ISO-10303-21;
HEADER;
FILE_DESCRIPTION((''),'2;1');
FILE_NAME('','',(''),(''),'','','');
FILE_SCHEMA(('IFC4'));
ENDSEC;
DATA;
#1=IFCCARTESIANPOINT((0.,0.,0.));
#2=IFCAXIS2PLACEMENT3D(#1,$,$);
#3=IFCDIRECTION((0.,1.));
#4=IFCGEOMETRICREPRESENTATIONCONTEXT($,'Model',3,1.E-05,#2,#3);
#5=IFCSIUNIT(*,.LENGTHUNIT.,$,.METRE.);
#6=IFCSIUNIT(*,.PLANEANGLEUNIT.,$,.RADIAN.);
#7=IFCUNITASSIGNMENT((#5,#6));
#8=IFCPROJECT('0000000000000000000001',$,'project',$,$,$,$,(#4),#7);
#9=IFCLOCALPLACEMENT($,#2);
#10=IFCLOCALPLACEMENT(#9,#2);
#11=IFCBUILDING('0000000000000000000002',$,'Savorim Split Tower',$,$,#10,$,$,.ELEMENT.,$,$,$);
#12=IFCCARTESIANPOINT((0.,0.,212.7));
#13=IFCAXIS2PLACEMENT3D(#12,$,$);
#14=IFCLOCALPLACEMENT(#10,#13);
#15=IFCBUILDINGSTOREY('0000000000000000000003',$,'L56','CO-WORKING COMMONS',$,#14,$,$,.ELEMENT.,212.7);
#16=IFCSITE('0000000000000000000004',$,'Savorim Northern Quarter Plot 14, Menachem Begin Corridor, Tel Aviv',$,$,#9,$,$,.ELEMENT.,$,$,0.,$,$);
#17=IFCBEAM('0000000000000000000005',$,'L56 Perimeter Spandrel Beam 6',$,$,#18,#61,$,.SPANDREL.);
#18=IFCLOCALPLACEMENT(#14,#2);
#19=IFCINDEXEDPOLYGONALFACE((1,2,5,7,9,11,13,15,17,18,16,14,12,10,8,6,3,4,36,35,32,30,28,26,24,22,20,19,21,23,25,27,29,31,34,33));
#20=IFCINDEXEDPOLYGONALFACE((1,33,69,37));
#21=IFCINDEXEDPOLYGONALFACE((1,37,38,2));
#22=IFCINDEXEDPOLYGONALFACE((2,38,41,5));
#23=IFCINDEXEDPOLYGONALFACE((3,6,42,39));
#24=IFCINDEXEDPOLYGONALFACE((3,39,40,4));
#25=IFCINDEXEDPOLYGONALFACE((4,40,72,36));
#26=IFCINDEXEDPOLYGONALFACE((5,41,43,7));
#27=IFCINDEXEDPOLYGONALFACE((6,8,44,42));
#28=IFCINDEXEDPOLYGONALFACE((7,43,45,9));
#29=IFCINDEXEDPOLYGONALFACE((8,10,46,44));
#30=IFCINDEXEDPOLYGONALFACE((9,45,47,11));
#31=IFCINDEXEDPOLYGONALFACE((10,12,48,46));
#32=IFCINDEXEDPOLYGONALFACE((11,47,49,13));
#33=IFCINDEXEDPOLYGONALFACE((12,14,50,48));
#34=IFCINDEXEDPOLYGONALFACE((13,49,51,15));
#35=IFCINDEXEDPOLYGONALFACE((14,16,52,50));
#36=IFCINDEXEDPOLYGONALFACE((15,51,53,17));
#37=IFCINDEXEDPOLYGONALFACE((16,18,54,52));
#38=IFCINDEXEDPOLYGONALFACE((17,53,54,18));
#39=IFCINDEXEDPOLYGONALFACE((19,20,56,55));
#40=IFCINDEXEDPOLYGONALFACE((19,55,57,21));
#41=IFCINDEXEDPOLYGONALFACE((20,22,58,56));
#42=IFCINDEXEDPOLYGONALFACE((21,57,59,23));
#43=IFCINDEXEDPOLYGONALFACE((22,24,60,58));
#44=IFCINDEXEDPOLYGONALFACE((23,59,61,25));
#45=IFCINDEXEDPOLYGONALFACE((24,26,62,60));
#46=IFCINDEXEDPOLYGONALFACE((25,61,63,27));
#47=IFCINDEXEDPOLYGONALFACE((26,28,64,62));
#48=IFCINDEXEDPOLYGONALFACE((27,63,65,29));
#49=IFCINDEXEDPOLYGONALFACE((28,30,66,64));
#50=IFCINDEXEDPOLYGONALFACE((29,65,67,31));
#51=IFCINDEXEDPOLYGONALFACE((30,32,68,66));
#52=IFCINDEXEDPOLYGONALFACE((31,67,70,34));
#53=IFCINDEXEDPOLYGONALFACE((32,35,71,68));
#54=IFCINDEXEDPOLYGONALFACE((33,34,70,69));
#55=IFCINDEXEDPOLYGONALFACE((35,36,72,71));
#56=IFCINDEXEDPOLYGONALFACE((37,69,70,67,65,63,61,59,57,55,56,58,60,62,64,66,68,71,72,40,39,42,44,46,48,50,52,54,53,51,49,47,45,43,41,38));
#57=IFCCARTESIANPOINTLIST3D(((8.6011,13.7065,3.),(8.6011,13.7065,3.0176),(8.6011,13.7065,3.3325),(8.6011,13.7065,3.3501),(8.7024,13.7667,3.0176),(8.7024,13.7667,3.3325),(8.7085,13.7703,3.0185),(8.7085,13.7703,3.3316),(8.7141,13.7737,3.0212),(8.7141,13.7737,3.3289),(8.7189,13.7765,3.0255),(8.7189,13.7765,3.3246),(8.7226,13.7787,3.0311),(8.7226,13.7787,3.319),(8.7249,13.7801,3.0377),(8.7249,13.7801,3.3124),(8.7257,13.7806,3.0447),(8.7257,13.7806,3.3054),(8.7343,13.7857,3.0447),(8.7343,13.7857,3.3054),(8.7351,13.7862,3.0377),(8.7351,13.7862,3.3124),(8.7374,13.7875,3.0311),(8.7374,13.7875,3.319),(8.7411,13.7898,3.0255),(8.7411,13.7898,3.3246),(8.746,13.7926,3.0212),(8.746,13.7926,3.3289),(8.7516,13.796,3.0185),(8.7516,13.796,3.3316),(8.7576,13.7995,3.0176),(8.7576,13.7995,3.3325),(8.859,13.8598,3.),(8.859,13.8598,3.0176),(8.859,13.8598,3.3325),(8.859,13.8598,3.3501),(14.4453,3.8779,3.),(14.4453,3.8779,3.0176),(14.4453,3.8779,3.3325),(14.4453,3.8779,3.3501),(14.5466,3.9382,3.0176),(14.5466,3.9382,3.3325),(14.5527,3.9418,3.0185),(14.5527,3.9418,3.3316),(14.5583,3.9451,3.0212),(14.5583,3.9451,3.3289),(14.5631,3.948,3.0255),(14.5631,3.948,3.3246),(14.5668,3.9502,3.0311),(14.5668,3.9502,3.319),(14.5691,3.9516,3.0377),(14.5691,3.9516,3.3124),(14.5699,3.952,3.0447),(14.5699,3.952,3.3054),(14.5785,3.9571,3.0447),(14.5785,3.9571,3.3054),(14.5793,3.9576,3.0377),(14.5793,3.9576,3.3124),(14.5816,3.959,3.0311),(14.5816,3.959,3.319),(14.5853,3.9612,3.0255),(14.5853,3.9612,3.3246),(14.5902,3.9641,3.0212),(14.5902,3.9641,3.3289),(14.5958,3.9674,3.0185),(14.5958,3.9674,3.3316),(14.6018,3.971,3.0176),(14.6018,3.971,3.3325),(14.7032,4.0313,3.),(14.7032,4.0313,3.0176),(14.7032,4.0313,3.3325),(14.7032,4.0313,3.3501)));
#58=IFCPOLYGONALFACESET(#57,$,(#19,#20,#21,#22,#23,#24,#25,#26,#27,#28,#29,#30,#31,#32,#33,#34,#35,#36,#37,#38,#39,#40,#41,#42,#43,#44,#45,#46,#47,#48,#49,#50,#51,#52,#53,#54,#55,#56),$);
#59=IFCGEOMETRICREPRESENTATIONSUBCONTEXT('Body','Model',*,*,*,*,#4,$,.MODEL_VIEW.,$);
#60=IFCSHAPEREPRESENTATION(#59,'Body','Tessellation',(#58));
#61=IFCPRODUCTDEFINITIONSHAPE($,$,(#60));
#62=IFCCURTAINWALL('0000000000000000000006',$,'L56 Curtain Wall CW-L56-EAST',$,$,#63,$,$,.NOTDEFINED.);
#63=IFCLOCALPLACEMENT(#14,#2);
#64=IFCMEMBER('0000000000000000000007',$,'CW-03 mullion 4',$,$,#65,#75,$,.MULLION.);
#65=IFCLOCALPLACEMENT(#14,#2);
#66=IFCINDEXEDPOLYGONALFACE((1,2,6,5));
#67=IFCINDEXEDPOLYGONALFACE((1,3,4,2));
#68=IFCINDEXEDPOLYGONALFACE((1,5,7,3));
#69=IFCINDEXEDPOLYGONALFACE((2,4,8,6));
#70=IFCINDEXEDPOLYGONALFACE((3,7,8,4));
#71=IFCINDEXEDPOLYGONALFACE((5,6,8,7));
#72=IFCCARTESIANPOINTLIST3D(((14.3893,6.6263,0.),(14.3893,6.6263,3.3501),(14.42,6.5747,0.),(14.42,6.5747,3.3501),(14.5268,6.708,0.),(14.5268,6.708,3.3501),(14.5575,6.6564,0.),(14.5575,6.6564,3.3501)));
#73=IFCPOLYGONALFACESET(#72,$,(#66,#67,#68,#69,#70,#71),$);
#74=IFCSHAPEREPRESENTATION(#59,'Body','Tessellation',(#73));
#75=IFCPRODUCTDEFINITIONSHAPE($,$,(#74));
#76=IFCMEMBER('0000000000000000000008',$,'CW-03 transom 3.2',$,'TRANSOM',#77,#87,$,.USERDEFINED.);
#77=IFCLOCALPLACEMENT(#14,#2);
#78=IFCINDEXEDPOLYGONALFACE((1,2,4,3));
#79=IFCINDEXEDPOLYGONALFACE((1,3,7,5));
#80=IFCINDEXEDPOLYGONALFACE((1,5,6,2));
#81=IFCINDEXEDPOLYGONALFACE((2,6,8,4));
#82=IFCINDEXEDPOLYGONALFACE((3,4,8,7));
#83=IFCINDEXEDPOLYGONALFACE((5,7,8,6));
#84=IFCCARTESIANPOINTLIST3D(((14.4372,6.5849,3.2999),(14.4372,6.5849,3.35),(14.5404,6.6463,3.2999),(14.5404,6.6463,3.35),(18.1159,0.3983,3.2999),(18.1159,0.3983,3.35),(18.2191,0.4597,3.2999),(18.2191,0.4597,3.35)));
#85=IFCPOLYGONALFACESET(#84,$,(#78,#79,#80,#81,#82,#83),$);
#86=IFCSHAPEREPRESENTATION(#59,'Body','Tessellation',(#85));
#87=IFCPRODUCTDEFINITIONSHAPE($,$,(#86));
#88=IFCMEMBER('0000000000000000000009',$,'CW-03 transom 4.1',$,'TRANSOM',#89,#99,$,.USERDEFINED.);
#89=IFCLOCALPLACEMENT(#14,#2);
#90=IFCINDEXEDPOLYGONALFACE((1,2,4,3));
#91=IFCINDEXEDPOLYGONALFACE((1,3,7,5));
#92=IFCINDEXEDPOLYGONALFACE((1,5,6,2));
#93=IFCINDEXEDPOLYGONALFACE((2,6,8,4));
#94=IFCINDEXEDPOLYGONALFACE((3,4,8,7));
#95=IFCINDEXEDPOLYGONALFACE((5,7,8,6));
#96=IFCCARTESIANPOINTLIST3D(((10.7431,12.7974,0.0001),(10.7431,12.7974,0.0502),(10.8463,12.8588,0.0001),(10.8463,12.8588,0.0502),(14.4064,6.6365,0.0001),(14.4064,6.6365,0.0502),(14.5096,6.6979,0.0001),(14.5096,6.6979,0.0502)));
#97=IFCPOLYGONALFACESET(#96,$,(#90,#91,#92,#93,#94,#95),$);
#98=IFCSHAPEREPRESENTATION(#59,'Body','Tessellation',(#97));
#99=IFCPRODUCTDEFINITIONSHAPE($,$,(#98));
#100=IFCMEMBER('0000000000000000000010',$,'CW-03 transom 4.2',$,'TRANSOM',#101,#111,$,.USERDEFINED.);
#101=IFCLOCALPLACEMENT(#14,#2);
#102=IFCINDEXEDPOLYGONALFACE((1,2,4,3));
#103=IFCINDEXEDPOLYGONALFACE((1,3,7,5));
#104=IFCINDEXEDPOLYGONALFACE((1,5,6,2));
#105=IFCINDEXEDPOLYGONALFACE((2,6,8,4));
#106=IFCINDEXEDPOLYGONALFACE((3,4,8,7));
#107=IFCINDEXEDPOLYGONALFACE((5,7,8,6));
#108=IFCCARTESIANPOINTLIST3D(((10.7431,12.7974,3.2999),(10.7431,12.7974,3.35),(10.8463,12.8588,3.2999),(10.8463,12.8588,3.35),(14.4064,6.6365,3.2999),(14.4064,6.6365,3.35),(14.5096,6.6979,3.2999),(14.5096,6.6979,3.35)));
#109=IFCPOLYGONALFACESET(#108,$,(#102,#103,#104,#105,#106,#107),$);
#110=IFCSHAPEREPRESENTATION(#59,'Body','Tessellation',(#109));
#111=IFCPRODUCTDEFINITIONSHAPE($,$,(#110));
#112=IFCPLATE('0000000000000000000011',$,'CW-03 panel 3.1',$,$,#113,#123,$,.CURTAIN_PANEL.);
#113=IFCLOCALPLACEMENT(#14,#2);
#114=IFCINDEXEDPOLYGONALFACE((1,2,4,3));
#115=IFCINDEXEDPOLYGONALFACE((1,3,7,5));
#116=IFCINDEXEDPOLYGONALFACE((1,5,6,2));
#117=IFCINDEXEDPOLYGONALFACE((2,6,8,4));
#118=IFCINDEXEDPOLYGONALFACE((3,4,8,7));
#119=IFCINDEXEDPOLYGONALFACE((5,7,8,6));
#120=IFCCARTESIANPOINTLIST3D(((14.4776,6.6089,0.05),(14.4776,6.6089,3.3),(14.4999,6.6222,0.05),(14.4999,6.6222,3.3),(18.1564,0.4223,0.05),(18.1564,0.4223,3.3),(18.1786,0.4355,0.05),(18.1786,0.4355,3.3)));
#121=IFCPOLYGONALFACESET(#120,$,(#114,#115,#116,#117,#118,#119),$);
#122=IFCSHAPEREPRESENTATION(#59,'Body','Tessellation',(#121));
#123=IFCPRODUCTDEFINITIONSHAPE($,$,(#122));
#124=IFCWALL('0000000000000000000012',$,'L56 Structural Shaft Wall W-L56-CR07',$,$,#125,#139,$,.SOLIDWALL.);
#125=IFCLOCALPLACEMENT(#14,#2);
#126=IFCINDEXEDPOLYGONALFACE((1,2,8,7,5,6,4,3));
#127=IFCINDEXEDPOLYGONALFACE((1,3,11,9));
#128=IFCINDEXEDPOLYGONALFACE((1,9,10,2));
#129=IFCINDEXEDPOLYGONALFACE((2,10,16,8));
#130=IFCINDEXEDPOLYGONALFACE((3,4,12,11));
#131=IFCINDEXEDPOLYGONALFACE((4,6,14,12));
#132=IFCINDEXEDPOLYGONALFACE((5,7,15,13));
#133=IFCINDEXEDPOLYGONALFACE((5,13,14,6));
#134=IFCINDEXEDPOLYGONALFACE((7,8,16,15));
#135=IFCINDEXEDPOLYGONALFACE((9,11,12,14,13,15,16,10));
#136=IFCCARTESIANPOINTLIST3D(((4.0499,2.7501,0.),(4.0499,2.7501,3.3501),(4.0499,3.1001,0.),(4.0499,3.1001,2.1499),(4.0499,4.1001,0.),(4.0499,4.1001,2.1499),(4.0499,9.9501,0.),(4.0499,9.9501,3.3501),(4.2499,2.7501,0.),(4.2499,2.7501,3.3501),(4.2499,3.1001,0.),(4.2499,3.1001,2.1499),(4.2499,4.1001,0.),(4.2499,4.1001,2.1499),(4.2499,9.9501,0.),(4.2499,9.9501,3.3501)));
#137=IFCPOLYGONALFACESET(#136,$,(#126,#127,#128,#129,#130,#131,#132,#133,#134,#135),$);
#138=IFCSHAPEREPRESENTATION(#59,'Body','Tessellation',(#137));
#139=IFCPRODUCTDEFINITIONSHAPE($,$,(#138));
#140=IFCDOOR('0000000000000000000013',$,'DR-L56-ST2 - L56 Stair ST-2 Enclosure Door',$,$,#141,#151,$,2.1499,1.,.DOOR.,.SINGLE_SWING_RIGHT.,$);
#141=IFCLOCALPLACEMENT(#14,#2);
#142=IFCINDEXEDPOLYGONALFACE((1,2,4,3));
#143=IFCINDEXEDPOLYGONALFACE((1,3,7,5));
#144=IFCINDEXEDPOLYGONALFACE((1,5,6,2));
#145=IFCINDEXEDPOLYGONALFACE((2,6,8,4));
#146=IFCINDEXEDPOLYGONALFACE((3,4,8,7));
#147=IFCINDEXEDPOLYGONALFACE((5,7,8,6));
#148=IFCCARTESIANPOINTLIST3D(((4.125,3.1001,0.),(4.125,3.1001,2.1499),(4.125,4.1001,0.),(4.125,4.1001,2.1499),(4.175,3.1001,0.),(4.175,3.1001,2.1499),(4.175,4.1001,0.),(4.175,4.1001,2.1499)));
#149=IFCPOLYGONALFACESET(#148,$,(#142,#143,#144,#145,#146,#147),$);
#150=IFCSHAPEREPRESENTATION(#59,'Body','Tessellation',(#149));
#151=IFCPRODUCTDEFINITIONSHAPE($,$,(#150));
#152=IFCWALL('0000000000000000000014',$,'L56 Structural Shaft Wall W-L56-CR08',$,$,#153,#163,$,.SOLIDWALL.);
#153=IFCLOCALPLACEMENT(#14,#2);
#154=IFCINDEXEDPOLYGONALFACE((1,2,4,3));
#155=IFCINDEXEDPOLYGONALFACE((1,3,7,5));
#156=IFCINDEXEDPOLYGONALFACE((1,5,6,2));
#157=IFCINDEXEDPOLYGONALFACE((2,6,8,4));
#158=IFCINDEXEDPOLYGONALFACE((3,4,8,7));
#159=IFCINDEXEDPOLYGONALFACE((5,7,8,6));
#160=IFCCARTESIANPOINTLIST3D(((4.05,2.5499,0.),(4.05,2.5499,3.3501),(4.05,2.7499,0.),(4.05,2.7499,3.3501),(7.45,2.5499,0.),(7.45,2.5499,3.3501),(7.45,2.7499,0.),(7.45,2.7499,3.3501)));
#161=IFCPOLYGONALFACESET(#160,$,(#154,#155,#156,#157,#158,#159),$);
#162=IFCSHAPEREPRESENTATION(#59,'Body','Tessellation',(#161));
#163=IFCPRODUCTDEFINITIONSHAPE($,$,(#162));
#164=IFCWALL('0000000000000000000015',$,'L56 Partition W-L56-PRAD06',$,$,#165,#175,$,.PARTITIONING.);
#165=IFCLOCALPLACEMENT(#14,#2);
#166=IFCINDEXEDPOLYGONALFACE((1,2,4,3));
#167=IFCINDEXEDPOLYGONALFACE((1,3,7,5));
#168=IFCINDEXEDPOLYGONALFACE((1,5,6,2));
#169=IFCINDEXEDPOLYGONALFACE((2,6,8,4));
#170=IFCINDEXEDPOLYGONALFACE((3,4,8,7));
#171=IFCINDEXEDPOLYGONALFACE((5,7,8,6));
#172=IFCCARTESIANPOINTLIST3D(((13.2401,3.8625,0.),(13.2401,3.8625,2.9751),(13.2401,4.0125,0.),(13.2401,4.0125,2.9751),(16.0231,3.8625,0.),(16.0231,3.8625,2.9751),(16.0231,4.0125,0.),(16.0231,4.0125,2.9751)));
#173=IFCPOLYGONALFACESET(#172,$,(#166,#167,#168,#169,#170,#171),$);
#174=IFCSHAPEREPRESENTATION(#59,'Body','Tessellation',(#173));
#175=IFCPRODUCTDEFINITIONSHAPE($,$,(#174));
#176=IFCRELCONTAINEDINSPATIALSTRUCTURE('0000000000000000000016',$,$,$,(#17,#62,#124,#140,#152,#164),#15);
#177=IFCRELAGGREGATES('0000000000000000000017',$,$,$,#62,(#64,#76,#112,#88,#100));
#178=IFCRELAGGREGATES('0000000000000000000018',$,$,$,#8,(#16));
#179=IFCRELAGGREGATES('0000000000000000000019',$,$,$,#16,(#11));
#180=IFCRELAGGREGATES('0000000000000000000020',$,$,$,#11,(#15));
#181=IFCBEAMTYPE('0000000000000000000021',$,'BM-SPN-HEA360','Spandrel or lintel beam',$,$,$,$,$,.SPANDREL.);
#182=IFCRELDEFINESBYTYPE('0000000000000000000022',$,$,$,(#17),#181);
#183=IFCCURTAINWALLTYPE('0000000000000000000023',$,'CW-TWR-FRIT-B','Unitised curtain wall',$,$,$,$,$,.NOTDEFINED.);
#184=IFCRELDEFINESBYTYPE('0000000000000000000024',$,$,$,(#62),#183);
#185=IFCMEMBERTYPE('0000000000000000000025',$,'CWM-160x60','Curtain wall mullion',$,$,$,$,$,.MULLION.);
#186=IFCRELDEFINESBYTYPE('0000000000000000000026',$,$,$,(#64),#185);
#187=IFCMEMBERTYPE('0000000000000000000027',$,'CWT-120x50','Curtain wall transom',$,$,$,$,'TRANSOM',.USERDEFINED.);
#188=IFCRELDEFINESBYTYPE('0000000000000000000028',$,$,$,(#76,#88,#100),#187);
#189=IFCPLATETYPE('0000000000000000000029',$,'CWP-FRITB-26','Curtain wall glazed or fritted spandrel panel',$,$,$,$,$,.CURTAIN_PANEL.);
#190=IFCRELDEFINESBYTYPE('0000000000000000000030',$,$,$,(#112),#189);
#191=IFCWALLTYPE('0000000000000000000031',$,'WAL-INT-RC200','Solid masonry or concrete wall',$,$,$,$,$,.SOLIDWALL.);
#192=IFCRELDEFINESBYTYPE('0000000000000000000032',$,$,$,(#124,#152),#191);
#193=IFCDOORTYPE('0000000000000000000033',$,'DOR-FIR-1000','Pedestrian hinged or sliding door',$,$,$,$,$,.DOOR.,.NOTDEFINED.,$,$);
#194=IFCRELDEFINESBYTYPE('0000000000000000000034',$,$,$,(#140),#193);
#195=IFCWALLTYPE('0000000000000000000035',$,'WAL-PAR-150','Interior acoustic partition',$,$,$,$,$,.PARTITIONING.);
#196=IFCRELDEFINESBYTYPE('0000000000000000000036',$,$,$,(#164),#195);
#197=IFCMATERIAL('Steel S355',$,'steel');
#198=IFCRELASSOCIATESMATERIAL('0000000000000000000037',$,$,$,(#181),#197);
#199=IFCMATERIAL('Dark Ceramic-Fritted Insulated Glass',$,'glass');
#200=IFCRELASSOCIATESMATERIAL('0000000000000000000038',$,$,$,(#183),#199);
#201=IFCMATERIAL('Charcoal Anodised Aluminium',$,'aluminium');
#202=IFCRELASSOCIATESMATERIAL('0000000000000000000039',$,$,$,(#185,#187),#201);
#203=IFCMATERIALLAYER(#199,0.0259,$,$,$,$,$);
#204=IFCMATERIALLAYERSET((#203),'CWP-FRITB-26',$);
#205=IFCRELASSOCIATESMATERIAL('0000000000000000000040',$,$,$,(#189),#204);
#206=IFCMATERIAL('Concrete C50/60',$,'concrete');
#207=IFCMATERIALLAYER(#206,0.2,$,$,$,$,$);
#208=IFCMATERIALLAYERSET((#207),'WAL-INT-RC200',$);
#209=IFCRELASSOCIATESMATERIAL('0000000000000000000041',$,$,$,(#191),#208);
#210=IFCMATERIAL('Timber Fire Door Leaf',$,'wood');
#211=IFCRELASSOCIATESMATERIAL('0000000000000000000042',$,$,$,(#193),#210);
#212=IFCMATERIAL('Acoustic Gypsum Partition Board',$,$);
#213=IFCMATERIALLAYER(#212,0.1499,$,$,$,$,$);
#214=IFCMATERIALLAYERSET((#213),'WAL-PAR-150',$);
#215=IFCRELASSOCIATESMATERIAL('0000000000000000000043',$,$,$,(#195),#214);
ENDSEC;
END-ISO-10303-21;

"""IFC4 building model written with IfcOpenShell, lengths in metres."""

from ifc_helpers import new_model, si_unit, direction, frame, frame_2d, origin, origin_2d, place, context, subcontext, project, spatial, rectangle, i_section, extrude, material, layer, layer_set, material_profile, profile_set, type_object, element, fill, aggregate, save


model = new_model("IFC4")

# Units and contexts
model_context = context("Model", 3, precision=1e-05, world=origin(), true_north=direction((0.0, 1.0)))
body_context = subcontext(model_context, "Body", "Model", "MODEL_VIEW")
ifc_project = project(units=[si_unit("LENGTHUNIT", "METRE"), si_unit("PLANEANGLEUNIT", "RADIAN")], contexts=[model_context])

# Site, building, storey
site_placement = place(None, origin())
site = spatial("IfcSite", under=ifc_project, at=site_placement, Name="Savorim Northern Quarter Plot 14, Menachem Begin Corridor, Tel Aviv", CompositionType="ELEMENT", RefElevation=0.0)
building_placement = place(site_placement, origin())
building = spatial("IfcBuilding", under=site, at=building_placement, Name="Savorim Split Tower", CompositionType="ELEMENT")
storey_placement = place(building_placement, frame((0.0, 0.0, 212.7)))
storey = spatial("IfcBuildingStorey", under=building, at=storey_placement, Name="L56", Description="CO-WORKING COMMONS", CompositionType="ELEMENT", Elevation=212.7)

# Shared definitions
ifc_material_1 = material(Name="Steel S355", Category="steel")

# Beam
ifc_material_profile_1 = material_profile(ifc_material_1, i_section(OverallWidth=0.3, OverallDepth=0.3501, WebThickness=0.01, FlangeThickness=0.0176, FilletRadius=0.0271, at=origin_2d()), Name="HEA 360")
ifc_profile_set_1 = profile_set([ifc_material_profile_1], Name="Steel S355")
beam_type_1 = type_object("IfcBeamType", Name="BM-SPN-HEA360", Description="Spandrel or lintel beam", PredefinedType="SPANDREL", material=ifc_profile_set_1)
beam_1_placement = place(storey_placement, frame((14.5742, 3.9546, 3.175), z_axis=(-0.511088, 0.859528, 0.0), x_axis=(-0.859528, -0.511088, 0.0)))
element("IfcBeam", 1, at=beam_1_placement, inside=storey, type_object=beam_type_1, Name="L56 Perimeter Spandrel Beam 6", PredefinedType="SPANDREL", context=body_context, shape_type="SweptSolid", body=[
    extrude(i_section(OverallWidth=0.3, OverallDepth=0.3501, WebThickness=0.01, FlangeThickness=0.0176, FilletRadius=0.0271, at=origin_2d()), origin(), (0.0, 0.0, 1.0), 11.4348),
])

# Curtain wall, members, plate
ifc_material_2 = material(Name="Dark Ceramic-Fritted Insulated Glass", Category="glass")
curtain_wall_type = type_object("IfcCurtainWallType", Name="CW-TWR-FRIT-B", Description="Unitised curtain wall", PredefinedType="NOTDEFINED", material=ifc_material_2)
curtain_wall_placement = place(storey_placement, origin())
curtain_wall = element("IfcCurtainWall", 2, at=curtain_wall_placement, inside=storey, type_object=curtain_wall_type, Name="L56 Curtain Wall CW-L56-EAST", PredefinedType="NOTDEFINED")
ifc_material_3 = material(Name="Charcoal Anodised Aluminium", Category="aluminium")
ifc_material_profile_2 = material_profile(ifc_material_3, rectangle(XDim=0.1599, YDim=0.0601, at=origin_2d()), Name="ALU-M 160x60")
ifc_profile_set_2 = profile_set([ifc_material_profile_2], Name="Charcoal Anodised Aluminium")
member_type_1 = type_object("IfcMemberType", Name="CWM-160x60", Description="Curtain wall mullion", PredefinedType="MULLION", material=ifc_profile_set_2)
member_1_placement = place(storey_placement, frame((14.4734, 6.6414, 0.0), z_axis=(0.0, 0.0, 1.0), x_axis=(-0.859526, -0.511092, 0.0)))
member_1 = element("IfcMember", 3, at=member_1_placement, type_object=member_type_1, Name="CW-03 mullion 4", PredefinedType="MULLION", context=body_context, shape_type="SweptSolid", body=[
    extrude(rectangle(XDim=0.1599, YDim=0.0601, at=origin_2d()), origin(), (0.0, 0.0, 1.0), 3.3501),
])
ifc_material_profile_3 = material_profile(ifc_material_3, rectangle(XDim=0.1201, YDim=0.05, at=origin_2d()), Name="ALU-T 120x50")
ifc_profile_set_3 = profile_set([ifc_material_profile_3], Name="Charcoal Anodised Aluminium")
member_type_2 = type_object("IfcMemberType", Name="CWT-120x50", Description="Curtain wall transom", ElementType="TRANSOM", PredefinedType="USERDEFINED", material=ifc_profile_set_3)
member_2_placement = place(storey_placement, frame((18.1675, 0.429, 3.325), z_axis=(-0.511085, 0.85953, 0.0), x_axis=(-0.85953, -0.511085, 0.0)))
member_2 = element("IfcMember", 4, at=member_2_placement, type_object=member_type_2, Name="CW-03 transom 3.2", ObjectType="TRANSOM", PredefinedType="USERDEFINED", context=body_context, shape_type="SweptSolid", body=[
    extrude(rectangle(XDim=0.1201, YDim=0.05, at=origin_2d()), origin(), (0.0, 0.0, 1.0), 7.1978),
])
member_3_placement = place(storey_placement, frame((14.458, 6.6672, 0.0251), z_axis=(-0.511086, 0.85953, 0.0), x_axis=(-0.85953, -0.511086, 0.0)))
member_3 = element("IfcMember", 5, at=member_3_placement, type_object=member_type_2, Name="CW-03 transom 4.1", ObjectType="TRANSOM", PredefinedType="USERDEFINED", context=body_context, shape_type="SweptSolid", body=[
    extrude(rectangle(XDim=0.1201, YDim=0.05, at=origin_2d()), origin(), (0.0, 0.0, 1.0), 7.1677),
])
member_4_placement = place(storey_placement, frame((14.458, 6.6672, 3.325), z_axis=(-0.511086, 0.85953, 0.0), x_axis=(-0.85953, -0.511086, 0.0)))
member_4 = element("IfcMember", 6, at=member_4_placement, type_object=member_type_2, Name="CW-03 transom 4.2", ObjectType="TRANSOM", PredefinedType="USERDEFINED", context=body_context, shape_type="SweptSolid", body=[
    extrude(rectangle(XDim=0.1201, YDim=0.05, at=origin_2d()), origin(), (0.0, 0.0, 1.0), 7.1677),
])
ifc_layer_1 = layer(ifc_material_2, 0.0259)
ifc_layer_set_1 = layer_set([ifc_layer_1], Name="CWP-FRITB-26")
plate_type = type_object("IfcPlateType", Name="CWP-FRITB-26", Description="Curtain wall glazed or fritted spandrel panel", PredefinedType="CURTAIN_PANEL", material=ifc_layer_set_1)
plate_placement = place(storey_placement, frame((16.3281, 3.5222, 0.05), z_axis=(0.0, 0.0, 1.0), x_axis=(-0.511092, 0.859526, 0.0)))
plate = element("IfcPlate", 7, at=plate_placement, type_object=plate_type, Name="CW-03 panel 3.1", PredefinedType="CURTAIN_PANEL", context=body_context, shape_type="SweptSolid", body=[
    extrude(rectangle(XDim=7.1978, YDim=0.0259, at=origin_2d()), origin(), (0.0, 0.0, 1.0), 3.25),
])
aggregate(curtain_wall, [member_1, member_2, plate, member_3, member_4])

# Wall, opening, door
ifc_material_4 = material(Name="Concrete C50/60", Category="concrete")
ifc_layer_2 = layer(ifc_material_4, 0.2)
ifc_layer_set_2 = layer_set([ifc_layer_2], Name="WAL-INT-RC200")
wall_type_1 = type_object("IfcWallType", Name="WAL-INT-RC200", Description="Solid masonry or concrete wall", PredefinedType="SOLIDWALL", material=ifc_layer_set_2)
wall_1_placement = place(storey_placement, frame((4.1499, 2.75, 0.0), z_axis=(0.0, 0.0, 1.0), x_axis=(0.0, 1.0, 0.0)))
wall_1 = element("IfcWall", 8, at=wall_1_placement, inside=storey, type_object=wall_type_1, Name="L56 Structural Shaft Wall W-L56-CR07", PredefinedType="SOLIDWALL", context=body_context, shape_type="SweptSolid", body=[
    extrude(rectangle(XDim=7.2, YDim=0.2, at=frame_2d((3.6001, 0.0))), origin(), (0.0, 0.0, 1.0), 3.3501),
])
opening_1_placement = place(wall_1_placement, frame((0.3501, 0.0, 0.0)))
opening_1 = element("IfcOpeningElement", 9, at=opening_1_placement, cuts=wall_1, PredefinedType="OPENING", context=body_context, shape_type="SweptSolid", body=[
    extrude(rectangle(XDim=1.0, YDim=2.1499, at=frame_2d((0.5, 1.075))), frame((0.0, 0.1099, 0.0), z_axis=(0.0, -1.0, 0.0), x_axis=(1.0, 0.0, 0.0)), (0.0, 0.0, 1.0), 0.22),
])
ifc_material_5 = material(Name="Timber Fire Door Leaf", Category="wood")
door_type_1 = type_object("IfcDoorType", Name="DOR-FIR-1000", Description="Pedestrian hinged or sliding door", OperationType="NOTDEFINED", PredefinedType="DOOR", material=ifc_material_5)
door_1_placement = place(opening_1_placement, origin())
door_1 = element("IfcDoor", 10, at=door_1_placement, inside=storey, type_object=door_type_1, Name="DR-L56-ST2 - L56 Stair ST-2 Enclosure Door", OperationType="SINGLE_SWING_RIGHT", OverallHeight=2.1499, OverallWidth=1.0, PredefinedType="DOOR", context=body_context, shape_type="SweptSolid", body=[
    extrude(rectangle(XDim=1.0, YDim=2.1499, at=frame_2d((0.5, 1.075))), frame((0.0, 0.0249, 0.0), z_axis=(0.0, -1.0, 0.0), x_axis=(1.0, 0.0, 0.0)), (0.0, 0.0, 1.0), 0.05),
])
fill(opening_1, door_1)

# Wall
wall_2_placement = place(storey_placement, frame((4.05, 2.6499, 0.0), z_axis=(0.0, 0.0, 1.0), x_axis=(1.0, 0.0, 0.0)))
element("IfcWall", 11, at=wall_2_placement, inside=storey, type_object=wall_type_1, Name="L56 Structural Shaft Wall W-L56-CR08", PredefinedType="SOLIDWALL", context=body_context, shape_type="SweptSolid", body=[
    extrude(rectangle(XDim=3.3999, YDim=0.2, at=frame_2d((1.7, 0.0))), origin(), (0.0, 0.0, 1.0), 3.3501),
])

# Wall
ifc_material_6 = material(Name="Acoustic Gypsum Partition Board")
ifc_layer_3 = layer(ifc_material_6, 0.1499)
ifc_layer_set_3 = layer_set([ifc_layer_3], Name="WAL-PAR-150")
wall_type_2 = type_object("IfcWallType", Name="WAL-PAR-150", Description="Interior acoustic partition", PredefinedType="PARTITIONING", material=ifc_layer_set_3)
wall_3_placement = place(storey_placement, frame((13.24, 3.9375, 0.0), z_axis=(0.0, 0.0, 1.0), x_axis=(1.0, 0.0, 0.0)))
element("IfcWall", 12, at=wall_3_placement, inside=storey, type_object=wall_type_2, Name="L56 Partition W-L56-PRAD06", PredefinedType="PARTITIONING", context=body_context, shape_type="SweptSolid", body=[
    extrude(rectangle(XDim=2.783, YDim=0.1499, at=frame_2d((1.3916, 0.0))), origin(), (0.0, 0.0, 1.0), 2.9751),
])

save(model, "model.ifc")
